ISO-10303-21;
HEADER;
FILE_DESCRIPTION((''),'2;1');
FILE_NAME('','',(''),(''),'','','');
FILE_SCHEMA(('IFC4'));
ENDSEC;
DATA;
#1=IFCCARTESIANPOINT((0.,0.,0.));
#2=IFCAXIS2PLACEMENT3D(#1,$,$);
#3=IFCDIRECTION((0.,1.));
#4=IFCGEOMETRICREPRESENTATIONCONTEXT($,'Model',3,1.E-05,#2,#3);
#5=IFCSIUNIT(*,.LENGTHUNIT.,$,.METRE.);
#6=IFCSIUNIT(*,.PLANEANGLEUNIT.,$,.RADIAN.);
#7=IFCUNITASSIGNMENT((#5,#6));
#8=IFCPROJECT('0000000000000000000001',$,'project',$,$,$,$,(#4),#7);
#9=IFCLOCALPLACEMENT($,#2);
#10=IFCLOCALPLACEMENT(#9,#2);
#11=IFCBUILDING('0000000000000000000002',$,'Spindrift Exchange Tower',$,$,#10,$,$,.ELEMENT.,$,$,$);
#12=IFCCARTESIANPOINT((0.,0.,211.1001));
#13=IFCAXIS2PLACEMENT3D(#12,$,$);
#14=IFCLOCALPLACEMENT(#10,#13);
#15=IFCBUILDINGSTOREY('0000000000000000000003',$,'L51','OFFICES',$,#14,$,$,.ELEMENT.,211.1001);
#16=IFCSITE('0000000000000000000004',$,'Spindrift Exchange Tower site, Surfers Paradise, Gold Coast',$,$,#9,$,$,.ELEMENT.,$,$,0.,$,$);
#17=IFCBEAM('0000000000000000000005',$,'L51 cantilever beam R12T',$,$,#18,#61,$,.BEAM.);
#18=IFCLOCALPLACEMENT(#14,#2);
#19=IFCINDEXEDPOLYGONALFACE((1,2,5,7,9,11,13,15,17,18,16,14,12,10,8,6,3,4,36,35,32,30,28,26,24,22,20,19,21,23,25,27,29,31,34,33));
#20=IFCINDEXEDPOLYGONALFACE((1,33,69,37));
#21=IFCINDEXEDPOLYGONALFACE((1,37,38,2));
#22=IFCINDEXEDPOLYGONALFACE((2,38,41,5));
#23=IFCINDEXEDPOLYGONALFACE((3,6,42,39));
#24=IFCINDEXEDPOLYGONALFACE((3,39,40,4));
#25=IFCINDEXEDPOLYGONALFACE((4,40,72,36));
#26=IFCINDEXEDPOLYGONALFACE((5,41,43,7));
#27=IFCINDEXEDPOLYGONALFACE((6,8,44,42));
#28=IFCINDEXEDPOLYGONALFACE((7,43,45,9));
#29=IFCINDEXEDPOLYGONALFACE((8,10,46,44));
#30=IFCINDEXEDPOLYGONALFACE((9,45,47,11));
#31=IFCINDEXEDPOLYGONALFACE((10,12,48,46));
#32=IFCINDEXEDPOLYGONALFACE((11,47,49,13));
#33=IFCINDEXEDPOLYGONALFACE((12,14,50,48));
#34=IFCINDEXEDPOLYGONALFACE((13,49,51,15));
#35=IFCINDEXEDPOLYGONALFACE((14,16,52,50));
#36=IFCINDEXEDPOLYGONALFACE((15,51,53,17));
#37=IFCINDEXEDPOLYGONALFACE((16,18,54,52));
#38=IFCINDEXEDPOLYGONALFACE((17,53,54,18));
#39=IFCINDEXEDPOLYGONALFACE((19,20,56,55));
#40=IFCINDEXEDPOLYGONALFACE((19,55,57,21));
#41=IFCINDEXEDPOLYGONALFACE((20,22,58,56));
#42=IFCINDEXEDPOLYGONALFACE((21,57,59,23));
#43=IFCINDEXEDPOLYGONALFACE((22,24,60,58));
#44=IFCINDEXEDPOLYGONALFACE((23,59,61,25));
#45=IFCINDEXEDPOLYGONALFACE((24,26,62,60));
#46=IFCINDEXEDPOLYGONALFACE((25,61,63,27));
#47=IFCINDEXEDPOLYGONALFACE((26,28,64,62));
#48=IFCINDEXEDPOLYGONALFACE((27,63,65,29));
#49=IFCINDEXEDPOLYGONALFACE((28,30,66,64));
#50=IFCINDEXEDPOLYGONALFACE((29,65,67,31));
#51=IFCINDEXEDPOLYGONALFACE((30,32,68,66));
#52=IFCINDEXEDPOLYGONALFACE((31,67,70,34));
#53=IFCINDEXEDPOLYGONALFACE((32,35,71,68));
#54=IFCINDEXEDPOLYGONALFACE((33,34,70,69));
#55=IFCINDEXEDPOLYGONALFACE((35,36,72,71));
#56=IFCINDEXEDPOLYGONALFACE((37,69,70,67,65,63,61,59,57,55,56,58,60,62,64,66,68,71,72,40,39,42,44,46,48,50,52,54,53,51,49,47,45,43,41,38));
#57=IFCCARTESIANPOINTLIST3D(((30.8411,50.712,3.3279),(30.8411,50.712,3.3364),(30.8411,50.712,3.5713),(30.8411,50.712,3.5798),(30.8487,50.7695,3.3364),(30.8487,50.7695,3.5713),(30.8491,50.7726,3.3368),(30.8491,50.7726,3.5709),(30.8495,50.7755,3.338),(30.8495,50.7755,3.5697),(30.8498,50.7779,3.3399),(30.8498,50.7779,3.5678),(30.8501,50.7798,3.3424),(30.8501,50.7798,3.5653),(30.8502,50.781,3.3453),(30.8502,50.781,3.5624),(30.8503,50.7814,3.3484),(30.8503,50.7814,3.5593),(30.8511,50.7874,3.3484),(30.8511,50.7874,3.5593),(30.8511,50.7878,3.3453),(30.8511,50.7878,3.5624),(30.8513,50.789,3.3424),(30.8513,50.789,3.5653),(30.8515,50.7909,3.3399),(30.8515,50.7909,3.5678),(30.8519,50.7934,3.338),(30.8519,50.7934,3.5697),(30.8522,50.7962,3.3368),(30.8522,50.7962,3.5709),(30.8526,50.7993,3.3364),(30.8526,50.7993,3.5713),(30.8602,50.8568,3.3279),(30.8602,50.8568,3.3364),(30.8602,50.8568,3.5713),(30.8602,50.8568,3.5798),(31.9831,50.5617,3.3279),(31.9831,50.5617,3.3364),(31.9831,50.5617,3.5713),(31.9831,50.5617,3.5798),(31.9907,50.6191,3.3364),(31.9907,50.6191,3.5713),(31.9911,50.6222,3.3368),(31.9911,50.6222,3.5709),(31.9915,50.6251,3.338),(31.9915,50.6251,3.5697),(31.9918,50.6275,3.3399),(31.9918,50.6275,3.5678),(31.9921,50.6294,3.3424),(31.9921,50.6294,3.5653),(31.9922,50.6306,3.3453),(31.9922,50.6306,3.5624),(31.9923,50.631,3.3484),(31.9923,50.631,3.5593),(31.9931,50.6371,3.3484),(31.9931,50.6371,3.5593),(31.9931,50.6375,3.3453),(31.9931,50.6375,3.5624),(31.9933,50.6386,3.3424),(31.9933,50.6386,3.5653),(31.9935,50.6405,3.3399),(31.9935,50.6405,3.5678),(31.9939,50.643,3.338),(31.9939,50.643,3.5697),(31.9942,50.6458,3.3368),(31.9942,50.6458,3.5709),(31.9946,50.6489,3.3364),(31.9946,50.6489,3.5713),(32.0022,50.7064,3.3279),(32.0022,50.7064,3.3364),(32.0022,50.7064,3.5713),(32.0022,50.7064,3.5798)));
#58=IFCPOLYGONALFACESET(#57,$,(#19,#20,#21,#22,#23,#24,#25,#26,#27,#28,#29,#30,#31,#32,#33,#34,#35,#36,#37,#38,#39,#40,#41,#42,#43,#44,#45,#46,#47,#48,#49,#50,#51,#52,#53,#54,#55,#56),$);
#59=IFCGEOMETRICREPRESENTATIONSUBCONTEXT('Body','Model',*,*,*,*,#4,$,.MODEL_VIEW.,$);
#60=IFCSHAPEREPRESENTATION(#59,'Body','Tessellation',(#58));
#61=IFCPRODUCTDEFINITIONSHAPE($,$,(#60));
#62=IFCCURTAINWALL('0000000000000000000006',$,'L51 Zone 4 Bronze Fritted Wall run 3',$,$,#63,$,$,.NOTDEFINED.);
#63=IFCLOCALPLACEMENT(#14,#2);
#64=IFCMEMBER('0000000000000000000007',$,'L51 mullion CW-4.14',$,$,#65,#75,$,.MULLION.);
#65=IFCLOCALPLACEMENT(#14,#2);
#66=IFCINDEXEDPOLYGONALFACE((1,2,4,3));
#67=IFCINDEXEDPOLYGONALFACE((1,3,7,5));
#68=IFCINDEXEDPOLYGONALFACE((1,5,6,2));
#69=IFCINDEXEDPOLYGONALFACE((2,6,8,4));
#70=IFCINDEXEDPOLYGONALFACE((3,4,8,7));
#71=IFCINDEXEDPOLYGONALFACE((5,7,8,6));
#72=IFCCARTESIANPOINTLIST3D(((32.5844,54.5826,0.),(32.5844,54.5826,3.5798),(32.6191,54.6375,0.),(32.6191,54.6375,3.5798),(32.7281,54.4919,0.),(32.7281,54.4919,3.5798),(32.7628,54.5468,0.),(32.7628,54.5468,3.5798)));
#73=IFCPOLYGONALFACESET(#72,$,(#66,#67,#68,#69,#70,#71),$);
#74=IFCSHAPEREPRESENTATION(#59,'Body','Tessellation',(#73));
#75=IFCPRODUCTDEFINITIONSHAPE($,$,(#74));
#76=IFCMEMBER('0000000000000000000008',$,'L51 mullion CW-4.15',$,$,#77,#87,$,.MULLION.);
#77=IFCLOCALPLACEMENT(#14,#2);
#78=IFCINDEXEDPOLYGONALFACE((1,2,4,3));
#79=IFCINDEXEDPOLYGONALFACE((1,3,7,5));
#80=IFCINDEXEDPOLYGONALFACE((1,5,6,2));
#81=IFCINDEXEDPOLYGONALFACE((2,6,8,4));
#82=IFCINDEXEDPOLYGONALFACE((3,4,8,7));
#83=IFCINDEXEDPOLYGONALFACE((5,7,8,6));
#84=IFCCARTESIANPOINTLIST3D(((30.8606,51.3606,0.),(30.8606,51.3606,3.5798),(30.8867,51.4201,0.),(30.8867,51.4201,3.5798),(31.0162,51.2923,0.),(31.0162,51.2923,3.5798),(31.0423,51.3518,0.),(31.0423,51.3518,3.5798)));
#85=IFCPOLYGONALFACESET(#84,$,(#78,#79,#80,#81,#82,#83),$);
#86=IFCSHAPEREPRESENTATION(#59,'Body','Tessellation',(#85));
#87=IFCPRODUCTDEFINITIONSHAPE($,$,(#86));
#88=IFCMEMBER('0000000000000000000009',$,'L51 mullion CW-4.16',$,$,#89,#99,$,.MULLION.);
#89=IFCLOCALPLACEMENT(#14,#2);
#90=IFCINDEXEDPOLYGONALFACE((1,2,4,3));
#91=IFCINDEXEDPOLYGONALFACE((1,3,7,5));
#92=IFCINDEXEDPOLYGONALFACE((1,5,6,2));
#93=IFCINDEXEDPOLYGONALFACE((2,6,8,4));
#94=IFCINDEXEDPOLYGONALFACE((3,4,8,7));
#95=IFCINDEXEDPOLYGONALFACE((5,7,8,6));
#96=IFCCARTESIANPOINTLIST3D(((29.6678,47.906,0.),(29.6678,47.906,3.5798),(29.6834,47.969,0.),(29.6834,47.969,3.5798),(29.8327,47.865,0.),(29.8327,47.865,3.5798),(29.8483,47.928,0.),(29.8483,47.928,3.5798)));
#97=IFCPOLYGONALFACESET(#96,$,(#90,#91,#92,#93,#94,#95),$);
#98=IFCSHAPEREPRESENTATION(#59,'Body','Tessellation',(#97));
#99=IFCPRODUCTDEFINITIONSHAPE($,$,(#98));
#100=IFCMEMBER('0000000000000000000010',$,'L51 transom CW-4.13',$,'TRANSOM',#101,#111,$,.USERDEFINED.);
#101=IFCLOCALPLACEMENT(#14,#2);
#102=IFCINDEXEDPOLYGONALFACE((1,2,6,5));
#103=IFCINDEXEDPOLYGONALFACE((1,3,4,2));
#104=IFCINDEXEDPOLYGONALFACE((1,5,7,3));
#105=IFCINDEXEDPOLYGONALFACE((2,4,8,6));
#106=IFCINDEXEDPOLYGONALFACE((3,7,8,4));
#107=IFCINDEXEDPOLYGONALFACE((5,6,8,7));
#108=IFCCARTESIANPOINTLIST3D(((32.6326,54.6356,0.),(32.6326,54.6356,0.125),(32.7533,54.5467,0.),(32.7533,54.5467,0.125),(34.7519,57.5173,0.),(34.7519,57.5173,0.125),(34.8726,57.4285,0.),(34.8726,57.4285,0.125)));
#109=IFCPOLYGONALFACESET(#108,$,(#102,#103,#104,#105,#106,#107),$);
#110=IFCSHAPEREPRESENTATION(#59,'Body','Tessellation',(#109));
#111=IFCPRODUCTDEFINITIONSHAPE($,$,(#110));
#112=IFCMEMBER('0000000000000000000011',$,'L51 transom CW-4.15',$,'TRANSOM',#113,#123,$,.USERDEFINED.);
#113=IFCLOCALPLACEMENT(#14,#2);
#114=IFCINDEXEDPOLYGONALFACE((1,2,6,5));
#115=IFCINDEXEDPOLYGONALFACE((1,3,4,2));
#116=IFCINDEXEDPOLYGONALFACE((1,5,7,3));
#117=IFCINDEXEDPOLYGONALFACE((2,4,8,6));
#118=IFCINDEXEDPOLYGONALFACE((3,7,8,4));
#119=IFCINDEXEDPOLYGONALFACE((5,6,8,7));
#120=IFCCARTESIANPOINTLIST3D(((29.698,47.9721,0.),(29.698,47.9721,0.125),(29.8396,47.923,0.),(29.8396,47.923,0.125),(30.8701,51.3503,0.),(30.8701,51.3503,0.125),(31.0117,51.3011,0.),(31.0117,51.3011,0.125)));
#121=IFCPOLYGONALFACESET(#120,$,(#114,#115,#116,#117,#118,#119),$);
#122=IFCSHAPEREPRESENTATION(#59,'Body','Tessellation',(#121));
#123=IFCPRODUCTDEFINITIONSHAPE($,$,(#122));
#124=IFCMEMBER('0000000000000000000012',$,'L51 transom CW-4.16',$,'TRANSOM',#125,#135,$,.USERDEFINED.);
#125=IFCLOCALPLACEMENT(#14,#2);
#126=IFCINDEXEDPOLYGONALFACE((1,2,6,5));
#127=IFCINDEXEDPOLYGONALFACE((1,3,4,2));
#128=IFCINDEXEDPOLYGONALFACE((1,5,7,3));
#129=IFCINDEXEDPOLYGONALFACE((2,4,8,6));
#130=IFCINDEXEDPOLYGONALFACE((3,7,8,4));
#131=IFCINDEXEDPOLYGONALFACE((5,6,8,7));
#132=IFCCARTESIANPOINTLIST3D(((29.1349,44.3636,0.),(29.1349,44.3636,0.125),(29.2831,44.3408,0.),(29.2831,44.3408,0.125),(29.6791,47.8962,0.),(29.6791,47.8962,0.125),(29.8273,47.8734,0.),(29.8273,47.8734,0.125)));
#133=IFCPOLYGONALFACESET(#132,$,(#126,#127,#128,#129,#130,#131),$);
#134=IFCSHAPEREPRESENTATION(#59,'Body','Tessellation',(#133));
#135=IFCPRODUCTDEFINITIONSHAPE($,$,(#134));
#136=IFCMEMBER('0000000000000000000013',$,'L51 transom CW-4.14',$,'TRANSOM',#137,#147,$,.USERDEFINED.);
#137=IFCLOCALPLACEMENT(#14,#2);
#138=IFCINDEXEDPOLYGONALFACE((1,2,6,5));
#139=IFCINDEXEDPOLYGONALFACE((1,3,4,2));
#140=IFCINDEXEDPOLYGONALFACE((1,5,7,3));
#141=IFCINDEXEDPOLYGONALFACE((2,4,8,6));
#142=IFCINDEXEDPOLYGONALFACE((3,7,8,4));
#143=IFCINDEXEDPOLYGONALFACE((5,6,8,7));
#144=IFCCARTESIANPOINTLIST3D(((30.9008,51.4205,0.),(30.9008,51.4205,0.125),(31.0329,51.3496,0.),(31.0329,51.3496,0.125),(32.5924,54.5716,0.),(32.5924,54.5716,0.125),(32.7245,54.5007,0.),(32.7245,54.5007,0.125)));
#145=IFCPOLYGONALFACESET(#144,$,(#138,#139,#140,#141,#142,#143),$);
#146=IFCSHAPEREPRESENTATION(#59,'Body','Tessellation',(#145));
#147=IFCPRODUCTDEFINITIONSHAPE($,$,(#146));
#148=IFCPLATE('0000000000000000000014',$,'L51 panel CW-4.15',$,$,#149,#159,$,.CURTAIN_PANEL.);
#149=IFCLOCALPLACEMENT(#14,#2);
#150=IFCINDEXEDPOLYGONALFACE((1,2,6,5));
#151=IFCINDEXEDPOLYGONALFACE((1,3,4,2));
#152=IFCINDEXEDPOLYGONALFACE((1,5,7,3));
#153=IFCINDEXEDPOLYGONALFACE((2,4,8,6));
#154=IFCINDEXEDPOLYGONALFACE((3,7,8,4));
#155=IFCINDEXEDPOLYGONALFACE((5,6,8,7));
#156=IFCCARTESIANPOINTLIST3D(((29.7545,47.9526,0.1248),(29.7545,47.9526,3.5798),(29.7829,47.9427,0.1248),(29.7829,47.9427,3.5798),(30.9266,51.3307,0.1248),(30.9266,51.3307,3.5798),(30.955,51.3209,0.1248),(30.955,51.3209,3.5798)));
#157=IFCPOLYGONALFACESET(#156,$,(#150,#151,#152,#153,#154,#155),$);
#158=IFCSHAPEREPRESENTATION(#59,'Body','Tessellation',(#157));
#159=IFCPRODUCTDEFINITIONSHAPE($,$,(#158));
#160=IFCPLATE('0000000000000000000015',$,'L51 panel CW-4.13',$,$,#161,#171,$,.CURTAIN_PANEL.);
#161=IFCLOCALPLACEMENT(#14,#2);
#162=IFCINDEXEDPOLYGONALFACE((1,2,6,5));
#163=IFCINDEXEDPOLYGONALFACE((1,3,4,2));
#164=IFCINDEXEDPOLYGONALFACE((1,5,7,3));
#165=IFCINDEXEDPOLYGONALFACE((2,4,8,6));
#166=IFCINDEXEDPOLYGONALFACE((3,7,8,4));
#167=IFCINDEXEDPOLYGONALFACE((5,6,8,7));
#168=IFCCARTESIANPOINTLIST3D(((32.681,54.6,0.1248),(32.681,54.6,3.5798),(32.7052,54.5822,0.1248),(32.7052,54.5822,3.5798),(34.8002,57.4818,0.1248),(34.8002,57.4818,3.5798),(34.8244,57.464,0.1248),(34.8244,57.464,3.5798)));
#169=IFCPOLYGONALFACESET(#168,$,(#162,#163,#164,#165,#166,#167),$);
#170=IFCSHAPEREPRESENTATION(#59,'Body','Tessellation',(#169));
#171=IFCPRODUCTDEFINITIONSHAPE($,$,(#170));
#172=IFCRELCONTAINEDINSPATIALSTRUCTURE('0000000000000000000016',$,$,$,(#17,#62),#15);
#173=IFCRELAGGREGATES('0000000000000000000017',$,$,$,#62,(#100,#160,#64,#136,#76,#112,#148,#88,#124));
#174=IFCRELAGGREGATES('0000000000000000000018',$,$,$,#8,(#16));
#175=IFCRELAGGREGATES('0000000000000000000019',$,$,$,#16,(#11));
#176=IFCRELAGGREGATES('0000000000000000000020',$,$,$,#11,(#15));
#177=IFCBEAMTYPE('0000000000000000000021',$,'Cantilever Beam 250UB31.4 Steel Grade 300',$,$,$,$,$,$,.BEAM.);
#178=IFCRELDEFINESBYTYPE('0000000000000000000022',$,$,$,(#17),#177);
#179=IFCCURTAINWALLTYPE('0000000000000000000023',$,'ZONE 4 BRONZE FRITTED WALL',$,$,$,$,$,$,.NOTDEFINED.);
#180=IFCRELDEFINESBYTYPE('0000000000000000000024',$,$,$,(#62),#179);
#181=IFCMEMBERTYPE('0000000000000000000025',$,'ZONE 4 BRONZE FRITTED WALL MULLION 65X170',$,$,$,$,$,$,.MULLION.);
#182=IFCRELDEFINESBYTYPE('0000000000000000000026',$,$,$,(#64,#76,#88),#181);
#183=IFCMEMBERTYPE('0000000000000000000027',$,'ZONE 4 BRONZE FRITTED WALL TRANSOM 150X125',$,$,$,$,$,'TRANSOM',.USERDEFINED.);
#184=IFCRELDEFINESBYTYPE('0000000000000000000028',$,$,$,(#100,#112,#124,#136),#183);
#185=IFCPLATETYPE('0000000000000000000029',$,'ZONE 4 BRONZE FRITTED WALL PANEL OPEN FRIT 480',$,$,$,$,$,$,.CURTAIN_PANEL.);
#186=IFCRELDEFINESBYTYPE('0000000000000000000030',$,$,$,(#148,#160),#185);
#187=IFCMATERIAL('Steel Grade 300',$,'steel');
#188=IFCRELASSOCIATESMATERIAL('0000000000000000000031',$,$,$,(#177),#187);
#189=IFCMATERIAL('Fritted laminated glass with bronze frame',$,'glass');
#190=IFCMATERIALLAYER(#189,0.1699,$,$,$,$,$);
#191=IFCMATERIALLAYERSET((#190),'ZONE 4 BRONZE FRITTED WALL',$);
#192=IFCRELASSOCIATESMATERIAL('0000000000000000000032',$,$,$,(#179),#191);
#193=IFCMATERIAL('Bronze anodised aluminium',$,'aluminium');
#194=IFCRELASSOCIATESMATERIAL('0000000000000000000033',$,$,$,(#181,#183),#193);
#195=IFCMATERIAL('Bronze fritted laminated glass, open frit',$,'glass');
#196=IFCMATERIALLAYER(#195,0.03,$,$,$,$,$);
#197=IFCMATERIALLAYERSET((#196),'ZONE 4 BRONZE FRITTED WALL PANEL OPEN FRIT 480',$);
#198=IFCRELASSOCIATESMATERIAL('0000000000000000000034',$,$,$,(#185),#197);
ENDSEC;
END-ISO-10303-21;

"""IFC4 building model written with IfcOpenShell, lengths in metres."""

from ifc_helpers import new_model, si_unit, direction, frame, origin, origin_2d, place, context, subcontext, project, spatial, rectangle, i_section, extrude, source, transform, mapped, material, layer, layer_set, material_profile, profile_set, type_object, element, aggregate, save


model = new_model("IFC4")

# Units and contexts
model_context = context("Model", 3, precision=1e-05, world=origin(), true_north=direction((0.0, 1.0)))
body_context = subcontext(model_context, "Body", "Model", "MODEL_VIEW")
ifc_project = project(units=[si_unit("LENGTHUNIT", "METRE"), si_unit("PLANEANGLEUNIT", "RADIAN")], contexts=[model_context])

# Site, building, storey
site_placement = place(None, origin())
site = spatial("IfcSite", under=ifc_project, at=site_placement, Name="Spindrift Exchange Tower site, Surfers Paradise, Gold Coast", CompositionType="ELEMENT", RefElevation=0.0)
building_placement = place(site_placement, origin())
building = spatial("IfcBuilding", under=site, at=building_placement, Name="Spindrift Exchange Tower", CompositionType="ELEMENT")
storey_placement = place(building_placement, frame((0.0, 0.0, 211.1001)))
storey = spatial("IfcBuildingStorey", under=building, at=storey_placement, Name="L51", Description="OFFICES", CompositionType="ELEMENT", Elevation=211.1001)

# Beam
ifc_material_1 = material(Name="Steel Grade 300", Category="steel")
ifc_material_profile_1 = material_profile(ifc_material_1, i_section(OverallWidth=0.146, OverallDepth=0.252, WebThickness=0.0061, FlangeThickness=0.0085, FilletRadius=0.012, at=origin_2d()), Name="250UB31.4")
ifc_profile_set_1 = profile_set([ifc_material_profile_1], Name="Steel Grade 300")
beam_type_1 = type_object("IfcBeamType", Name="Cantilever Beam 250UB31.4 Steel Grade 300", PredefinedType="BEAM", material=ifc_profile_set_1)
shared_shape_1 = source(origin(), body_context, "Body", "SweptSolid", [
    extrude(i_section(OverallWidth=0.146, OverallDepth=0.252, WebThickness=0.0061, FlangeThickness=0.0085, FilletRadius=0.012, at=origin_2d()), origin(), (0.0, 0.0, 1.0), 1.1519),
])
beam_1_placement = place(storey_placement, frame((31.9927, 50.634, 3.4539), z_axis=(-0.991441, 0.130553, 0.0), x_axis=(-0.130553, -0.991441, 0.0)))
element("IfcBeam", 1, at=beam_1_placement, inside=storey, type_object=beam_type_1, Name="L51 cantilever beam R12T", PredefinedType="BEAM", context=body_context, shape_type="MappedRepresentation", body=[
    mapped(shared_shape_1, transform((0.0, 0.0, 0.0), scale=1.0)),
])

# Curtain wall, members, plates
ifc_material_2 = material(Name="Fritted laminated glass with bronze frame", Category="glass")
ifc_layer_1 = layer(ifc_material_2, 0.1699)
ifc_layer_set_1 = layer_set([ifc_layer_1], Name="ZONE 4 BRONZE FRITTED WALL")
curtain_wall_type = type_object("IfcCurtainWallType", Name="ZONE 4 BRONZE FRITTED WALL", PredefinedType="NOTDEFINED", material=ifc_layer_set_1)
curtain_wall_placement = place(storey_placement, origin())
curtain_wall = element("IfcCurtainWall", 2, at=curtain_wall_placement, inside=storey, type_object=curtain_wall_type, Name="L51 Zone 4 Bronze Fritted Wall run 3", PredefinedType="NOTDEFINED")
ifc_material_3 = material(Name="Bronze anodised aluminium", Category="aluminium")
ifc_material_profile_2 = material_profile(ifc_material_3, rectangle(XDim=0.0649, YDim=0.1699, at=origin_2d()), Name="ZONE 4 BRONZE FRITTED WALL MULLION 65X170")
ifc_profile_set_2 = profile_set([ifc_material_profile_2], Name="Bronze anodised aluminium")
member_type_1 = type_object("IfcMemberType", Name="ZONE 4 BRONZE FRITTED WALL MULLION 65X170", PredefinedType="MULLION", material=ifc_profile_set_2)
shared_shape_2 = source(origin(), body_context, "Body", "SweptSolid", [
    extrude(rectangle(XDim=0.0649, YDim=0.1699, at=origin_2d()), origin(), (0.0, 0.0, 1.0), 3.5798),
])
member_1_placement = place(storey_placement, frame((32.6736, 54.5647, 0.0), z_axis=(0.0, 0.0, 1.0), x_axis=(-0.534026, -0.845468, 0.0)))
member_1 = element("IfcMember", 3, at=member_1_placement, type_object=member_type_1, Name="L51 mullion CW-4.14", PredefinedType="MULLION", context=body_context, shape_type="MappedRepresentation", body=[
    mapped(shared_shape_2, transform((0.0, 0.0, 0.0), scale=1.0)),
])
member_2_placement = place(storey_placement, frame((30.9514, 51.3562, 0.0), z_axis=(0.0, 0.0, 1.0), x_axis=(-0.401635, -0.9158, 0.0)))
member_2 = element("IfcMember", 4, at=member_2_placement, type_object=member_type_1, Name="L51 mullion CW-4.15", PredefinedType="MULLION", context=body_context, shape_type="MappedRepresentation", body=[
    mapped(shared_shape_2, transform((0.0, 0.0, 0.0), scale=1.0)),
])
member_3_placement = place(storey_placement, frame((29.7581, 47.917, 0.0), z_axis=(0.0, 0.0, 1.0), x_axis=(-0.241022, -0.97052, 0.0)))
member_3 = element("IfcMember", 5, at=member_3_placement, type_object=member_type_1, Name="L51 mullion CW-4.16", PredefinedType="MULLION", context=body_context, shape_type="MappedRepresentation", body=[
    mapped(shared_shape_2, transform((0.0, 0.0, 0.0), scale=1.0)),
])
ifc_material_profile_3 = material_profile(ifc_material_3, rectangle(XDim=0.1499, YDim=0.125, at=origin_2d()), Name="ZONE 4 BRONZE FRITTED WALL TRANSOM 150X125")
ifc_profile_set_3 = profile_set([ifc_material_profile_3], Name="Bronze anodised aluminium")
member_type_2 = type_object("IfcMemberType", Name="ZONE 4 BRONZE FRITTED WALL TRANSOM 150X125", ElementType="TRANSOM", PredefinedType="USERDEFINED", material=ifc_profile_set_3)
shared_shape_3 = source(origin(), body_context, "Body", "SweptSolid", [
    extrude(rectangle(XDim=0.1499, YDim=0.125, at=origin_2d()), origin(), (0.0, 0.0, 1.0), 3.5771),
])
member_4_placement = place(storey_placement, frame((34.8123, 57.4729, 0.0625), z_axis=(-0.592461, -0.805599, 0.0), x_axis=(0.805599, -0.592461, 0.0)))
member_4 = element("IfcMember", 6, at=member_4_placement, type_object=member_type_2, Name="L51 transom CW-4.13", ObjectType="TRANSOM", PredefinedType="USERDEFINED", context=body_context, shape_type="MappedRepresentation", body=[
    mapped(shared_shape_3, transform((0.0, 0.0, 0.0), scale=1.0)),
])
shared_shape_4 = source(origin(), body_context, "Body", "SweptSolid", [
    extrude(rectangle(XDim=0.1499, YDim=0.125, at=origin_2d()), origin(), (0.0, 0.0, 1.0), 3.5757),
])
member_5_placement = place(storey_placement, frame((30.9409, 51.3257, 0.0625), z_axis=(-0.327798, -0.944748, 0.0), x_axis=(0.944748, -0.327798, 0.0)))
member_5 = element("IfcMember", 7, at=member_5_placement, type_object=member_type_2, Name="L51 transom CW-4.15", ObjectType="TRANSOM", PredefinedType="USERDEFINED", context=body_context, shape_type="MappedRepresentation", body=[
    mapped(shared_shape_4, transform((0.0, 0.0, 0.0), scale=1.0)),
])
shared_shape_5 = source(origin(), body_context, "Body", "SweptSolid", [
    extrude(rectangle(XDim=0.1499, YDim=0.125, at=origin_2d()), origin(), (0.0, 0.0, 1.0), 3.5742),
])
member_6_placement = place(storey_placement, frame((29.7532, 47.8848, 0.0625), z_axis=(-0.152257, -0.988341, 0.0), x_axis=(0.988341, -0.152257, 0.0)))
member_6 = element("IfcMember", 8, at=member_6_placement, type_object=member_type_2, Name="L51 transom CW-4.16", ObjectType="TRANSOM", PredefinedType="USERDEFINED", context=body_context, shape_type="MappedRepresentation", body=[
    mapped(shared_shape_5, transform((0.0, 0.0, 0.0), scale=1.0)),
])
shared_shape_6 = source(origin(), body_context, "Body", "SweptSolid", [
    extrude(rectangle(XDim=0.1499, YDim=0.125, at=origin_2d()), origin(), (0.0, 0.0, 1.0), 3.5764),
])
member_7_placement = place(storey_placement, frame((32.6584, 54.5361, 0.0625), z_axis=(-0.472992, -0.881067, 0.0), x_axis=(0.881067, -0.472992, 0.0)))
member_7 = element("IfcMember", 9, at=member_7_placement, type_object=member_type_2, Name="L51 transom CW-4.14", ObjectType="TRANSOM", PredefinedType="USERDEFINED", context=body_context, shape_type="MappedRepresentation", body=[
    mapped(shared_shape_6, transform((0.0, 0.0, 0.0), scale=1.0)),
])
ifc_material_4 = material(Name="Bronze fritted laminated glass, open frit", Category="glass")
ifc_layer_2 = layer(ifc_material_4, 0.03)
ifc_layer_set_2 = layer_set([ifc_layer_2], Name="ZONE 4 BRONZE FRITTED WALL PANEL OPEN FRIT 480")
plate_type_1 = type_object("IfcPlateType", Name="ZONE 4 BRONZE FRITTED WALL PANEL OPEN FRIT 480", PredefinedType="CURTAIN_PANEL", material=ifc_layer_set_2)
shared_shape_7 = source(origin(), body_context, "Body", "SweptSolid", [
    extrude(rectangle(XDim=3.5757, YDim=0.03, at=origin_2d()), origin(), (0.0, 0.0, 1.0), 3.4551),
])
plate_1_placement = place(storey_placement, frame((30.3547, 49.6367, 0.1248), z_axis=(0.0, 0.0, 1.0), x_axis=(-0.327807, -0.944745, 0.0)))
plate_1 = element("IfcPlate", 10, at=plate_1_placement, type_object=plate_type_1, Name="L51 panel CW-4.15", PredefinedType="CURTAIN_PANEL", context=body_context, shape_type="MappedRepresentation", body=[
    mapped(shared_shape_7, transform((0.0, 0.0, 0.0), scale=1.0)),
])
shared_shape_8 = source(origin(), body_context, "Body", "SweptSolid", [
    extrude(rectangle(XDim=3.5771, YDim=0.03, at=origin_2d()), origin(), (0.0, 0.0, 1.0), 3.4551),
])
plate_2_placement = place(storey_placement, frame((33.7527, 56.032, 0.1248), z_axis=(0.0, 0.0, 1.0), x_axis=(-0.592444, -0.805612, 0.0)))
plate_2 = element("IfcPlate", 11, at=plate_2_placement, type_object=plate_type_1, Name="L51 panel CW-4.13", PredefinedType="CURTAIN_PANEL", context=body_context, shape_type="MappedRepresentation", body=[
    mapped(shared_shape_8, transform((0.0, 0.0, 0.0), scale=1.0)),
])
aggregate(curtain_wall, [member_4, plate_2, member_1, member_7, member_2, member_5, plate_1, member_3, member_6])

save(model, "model.ifc")
